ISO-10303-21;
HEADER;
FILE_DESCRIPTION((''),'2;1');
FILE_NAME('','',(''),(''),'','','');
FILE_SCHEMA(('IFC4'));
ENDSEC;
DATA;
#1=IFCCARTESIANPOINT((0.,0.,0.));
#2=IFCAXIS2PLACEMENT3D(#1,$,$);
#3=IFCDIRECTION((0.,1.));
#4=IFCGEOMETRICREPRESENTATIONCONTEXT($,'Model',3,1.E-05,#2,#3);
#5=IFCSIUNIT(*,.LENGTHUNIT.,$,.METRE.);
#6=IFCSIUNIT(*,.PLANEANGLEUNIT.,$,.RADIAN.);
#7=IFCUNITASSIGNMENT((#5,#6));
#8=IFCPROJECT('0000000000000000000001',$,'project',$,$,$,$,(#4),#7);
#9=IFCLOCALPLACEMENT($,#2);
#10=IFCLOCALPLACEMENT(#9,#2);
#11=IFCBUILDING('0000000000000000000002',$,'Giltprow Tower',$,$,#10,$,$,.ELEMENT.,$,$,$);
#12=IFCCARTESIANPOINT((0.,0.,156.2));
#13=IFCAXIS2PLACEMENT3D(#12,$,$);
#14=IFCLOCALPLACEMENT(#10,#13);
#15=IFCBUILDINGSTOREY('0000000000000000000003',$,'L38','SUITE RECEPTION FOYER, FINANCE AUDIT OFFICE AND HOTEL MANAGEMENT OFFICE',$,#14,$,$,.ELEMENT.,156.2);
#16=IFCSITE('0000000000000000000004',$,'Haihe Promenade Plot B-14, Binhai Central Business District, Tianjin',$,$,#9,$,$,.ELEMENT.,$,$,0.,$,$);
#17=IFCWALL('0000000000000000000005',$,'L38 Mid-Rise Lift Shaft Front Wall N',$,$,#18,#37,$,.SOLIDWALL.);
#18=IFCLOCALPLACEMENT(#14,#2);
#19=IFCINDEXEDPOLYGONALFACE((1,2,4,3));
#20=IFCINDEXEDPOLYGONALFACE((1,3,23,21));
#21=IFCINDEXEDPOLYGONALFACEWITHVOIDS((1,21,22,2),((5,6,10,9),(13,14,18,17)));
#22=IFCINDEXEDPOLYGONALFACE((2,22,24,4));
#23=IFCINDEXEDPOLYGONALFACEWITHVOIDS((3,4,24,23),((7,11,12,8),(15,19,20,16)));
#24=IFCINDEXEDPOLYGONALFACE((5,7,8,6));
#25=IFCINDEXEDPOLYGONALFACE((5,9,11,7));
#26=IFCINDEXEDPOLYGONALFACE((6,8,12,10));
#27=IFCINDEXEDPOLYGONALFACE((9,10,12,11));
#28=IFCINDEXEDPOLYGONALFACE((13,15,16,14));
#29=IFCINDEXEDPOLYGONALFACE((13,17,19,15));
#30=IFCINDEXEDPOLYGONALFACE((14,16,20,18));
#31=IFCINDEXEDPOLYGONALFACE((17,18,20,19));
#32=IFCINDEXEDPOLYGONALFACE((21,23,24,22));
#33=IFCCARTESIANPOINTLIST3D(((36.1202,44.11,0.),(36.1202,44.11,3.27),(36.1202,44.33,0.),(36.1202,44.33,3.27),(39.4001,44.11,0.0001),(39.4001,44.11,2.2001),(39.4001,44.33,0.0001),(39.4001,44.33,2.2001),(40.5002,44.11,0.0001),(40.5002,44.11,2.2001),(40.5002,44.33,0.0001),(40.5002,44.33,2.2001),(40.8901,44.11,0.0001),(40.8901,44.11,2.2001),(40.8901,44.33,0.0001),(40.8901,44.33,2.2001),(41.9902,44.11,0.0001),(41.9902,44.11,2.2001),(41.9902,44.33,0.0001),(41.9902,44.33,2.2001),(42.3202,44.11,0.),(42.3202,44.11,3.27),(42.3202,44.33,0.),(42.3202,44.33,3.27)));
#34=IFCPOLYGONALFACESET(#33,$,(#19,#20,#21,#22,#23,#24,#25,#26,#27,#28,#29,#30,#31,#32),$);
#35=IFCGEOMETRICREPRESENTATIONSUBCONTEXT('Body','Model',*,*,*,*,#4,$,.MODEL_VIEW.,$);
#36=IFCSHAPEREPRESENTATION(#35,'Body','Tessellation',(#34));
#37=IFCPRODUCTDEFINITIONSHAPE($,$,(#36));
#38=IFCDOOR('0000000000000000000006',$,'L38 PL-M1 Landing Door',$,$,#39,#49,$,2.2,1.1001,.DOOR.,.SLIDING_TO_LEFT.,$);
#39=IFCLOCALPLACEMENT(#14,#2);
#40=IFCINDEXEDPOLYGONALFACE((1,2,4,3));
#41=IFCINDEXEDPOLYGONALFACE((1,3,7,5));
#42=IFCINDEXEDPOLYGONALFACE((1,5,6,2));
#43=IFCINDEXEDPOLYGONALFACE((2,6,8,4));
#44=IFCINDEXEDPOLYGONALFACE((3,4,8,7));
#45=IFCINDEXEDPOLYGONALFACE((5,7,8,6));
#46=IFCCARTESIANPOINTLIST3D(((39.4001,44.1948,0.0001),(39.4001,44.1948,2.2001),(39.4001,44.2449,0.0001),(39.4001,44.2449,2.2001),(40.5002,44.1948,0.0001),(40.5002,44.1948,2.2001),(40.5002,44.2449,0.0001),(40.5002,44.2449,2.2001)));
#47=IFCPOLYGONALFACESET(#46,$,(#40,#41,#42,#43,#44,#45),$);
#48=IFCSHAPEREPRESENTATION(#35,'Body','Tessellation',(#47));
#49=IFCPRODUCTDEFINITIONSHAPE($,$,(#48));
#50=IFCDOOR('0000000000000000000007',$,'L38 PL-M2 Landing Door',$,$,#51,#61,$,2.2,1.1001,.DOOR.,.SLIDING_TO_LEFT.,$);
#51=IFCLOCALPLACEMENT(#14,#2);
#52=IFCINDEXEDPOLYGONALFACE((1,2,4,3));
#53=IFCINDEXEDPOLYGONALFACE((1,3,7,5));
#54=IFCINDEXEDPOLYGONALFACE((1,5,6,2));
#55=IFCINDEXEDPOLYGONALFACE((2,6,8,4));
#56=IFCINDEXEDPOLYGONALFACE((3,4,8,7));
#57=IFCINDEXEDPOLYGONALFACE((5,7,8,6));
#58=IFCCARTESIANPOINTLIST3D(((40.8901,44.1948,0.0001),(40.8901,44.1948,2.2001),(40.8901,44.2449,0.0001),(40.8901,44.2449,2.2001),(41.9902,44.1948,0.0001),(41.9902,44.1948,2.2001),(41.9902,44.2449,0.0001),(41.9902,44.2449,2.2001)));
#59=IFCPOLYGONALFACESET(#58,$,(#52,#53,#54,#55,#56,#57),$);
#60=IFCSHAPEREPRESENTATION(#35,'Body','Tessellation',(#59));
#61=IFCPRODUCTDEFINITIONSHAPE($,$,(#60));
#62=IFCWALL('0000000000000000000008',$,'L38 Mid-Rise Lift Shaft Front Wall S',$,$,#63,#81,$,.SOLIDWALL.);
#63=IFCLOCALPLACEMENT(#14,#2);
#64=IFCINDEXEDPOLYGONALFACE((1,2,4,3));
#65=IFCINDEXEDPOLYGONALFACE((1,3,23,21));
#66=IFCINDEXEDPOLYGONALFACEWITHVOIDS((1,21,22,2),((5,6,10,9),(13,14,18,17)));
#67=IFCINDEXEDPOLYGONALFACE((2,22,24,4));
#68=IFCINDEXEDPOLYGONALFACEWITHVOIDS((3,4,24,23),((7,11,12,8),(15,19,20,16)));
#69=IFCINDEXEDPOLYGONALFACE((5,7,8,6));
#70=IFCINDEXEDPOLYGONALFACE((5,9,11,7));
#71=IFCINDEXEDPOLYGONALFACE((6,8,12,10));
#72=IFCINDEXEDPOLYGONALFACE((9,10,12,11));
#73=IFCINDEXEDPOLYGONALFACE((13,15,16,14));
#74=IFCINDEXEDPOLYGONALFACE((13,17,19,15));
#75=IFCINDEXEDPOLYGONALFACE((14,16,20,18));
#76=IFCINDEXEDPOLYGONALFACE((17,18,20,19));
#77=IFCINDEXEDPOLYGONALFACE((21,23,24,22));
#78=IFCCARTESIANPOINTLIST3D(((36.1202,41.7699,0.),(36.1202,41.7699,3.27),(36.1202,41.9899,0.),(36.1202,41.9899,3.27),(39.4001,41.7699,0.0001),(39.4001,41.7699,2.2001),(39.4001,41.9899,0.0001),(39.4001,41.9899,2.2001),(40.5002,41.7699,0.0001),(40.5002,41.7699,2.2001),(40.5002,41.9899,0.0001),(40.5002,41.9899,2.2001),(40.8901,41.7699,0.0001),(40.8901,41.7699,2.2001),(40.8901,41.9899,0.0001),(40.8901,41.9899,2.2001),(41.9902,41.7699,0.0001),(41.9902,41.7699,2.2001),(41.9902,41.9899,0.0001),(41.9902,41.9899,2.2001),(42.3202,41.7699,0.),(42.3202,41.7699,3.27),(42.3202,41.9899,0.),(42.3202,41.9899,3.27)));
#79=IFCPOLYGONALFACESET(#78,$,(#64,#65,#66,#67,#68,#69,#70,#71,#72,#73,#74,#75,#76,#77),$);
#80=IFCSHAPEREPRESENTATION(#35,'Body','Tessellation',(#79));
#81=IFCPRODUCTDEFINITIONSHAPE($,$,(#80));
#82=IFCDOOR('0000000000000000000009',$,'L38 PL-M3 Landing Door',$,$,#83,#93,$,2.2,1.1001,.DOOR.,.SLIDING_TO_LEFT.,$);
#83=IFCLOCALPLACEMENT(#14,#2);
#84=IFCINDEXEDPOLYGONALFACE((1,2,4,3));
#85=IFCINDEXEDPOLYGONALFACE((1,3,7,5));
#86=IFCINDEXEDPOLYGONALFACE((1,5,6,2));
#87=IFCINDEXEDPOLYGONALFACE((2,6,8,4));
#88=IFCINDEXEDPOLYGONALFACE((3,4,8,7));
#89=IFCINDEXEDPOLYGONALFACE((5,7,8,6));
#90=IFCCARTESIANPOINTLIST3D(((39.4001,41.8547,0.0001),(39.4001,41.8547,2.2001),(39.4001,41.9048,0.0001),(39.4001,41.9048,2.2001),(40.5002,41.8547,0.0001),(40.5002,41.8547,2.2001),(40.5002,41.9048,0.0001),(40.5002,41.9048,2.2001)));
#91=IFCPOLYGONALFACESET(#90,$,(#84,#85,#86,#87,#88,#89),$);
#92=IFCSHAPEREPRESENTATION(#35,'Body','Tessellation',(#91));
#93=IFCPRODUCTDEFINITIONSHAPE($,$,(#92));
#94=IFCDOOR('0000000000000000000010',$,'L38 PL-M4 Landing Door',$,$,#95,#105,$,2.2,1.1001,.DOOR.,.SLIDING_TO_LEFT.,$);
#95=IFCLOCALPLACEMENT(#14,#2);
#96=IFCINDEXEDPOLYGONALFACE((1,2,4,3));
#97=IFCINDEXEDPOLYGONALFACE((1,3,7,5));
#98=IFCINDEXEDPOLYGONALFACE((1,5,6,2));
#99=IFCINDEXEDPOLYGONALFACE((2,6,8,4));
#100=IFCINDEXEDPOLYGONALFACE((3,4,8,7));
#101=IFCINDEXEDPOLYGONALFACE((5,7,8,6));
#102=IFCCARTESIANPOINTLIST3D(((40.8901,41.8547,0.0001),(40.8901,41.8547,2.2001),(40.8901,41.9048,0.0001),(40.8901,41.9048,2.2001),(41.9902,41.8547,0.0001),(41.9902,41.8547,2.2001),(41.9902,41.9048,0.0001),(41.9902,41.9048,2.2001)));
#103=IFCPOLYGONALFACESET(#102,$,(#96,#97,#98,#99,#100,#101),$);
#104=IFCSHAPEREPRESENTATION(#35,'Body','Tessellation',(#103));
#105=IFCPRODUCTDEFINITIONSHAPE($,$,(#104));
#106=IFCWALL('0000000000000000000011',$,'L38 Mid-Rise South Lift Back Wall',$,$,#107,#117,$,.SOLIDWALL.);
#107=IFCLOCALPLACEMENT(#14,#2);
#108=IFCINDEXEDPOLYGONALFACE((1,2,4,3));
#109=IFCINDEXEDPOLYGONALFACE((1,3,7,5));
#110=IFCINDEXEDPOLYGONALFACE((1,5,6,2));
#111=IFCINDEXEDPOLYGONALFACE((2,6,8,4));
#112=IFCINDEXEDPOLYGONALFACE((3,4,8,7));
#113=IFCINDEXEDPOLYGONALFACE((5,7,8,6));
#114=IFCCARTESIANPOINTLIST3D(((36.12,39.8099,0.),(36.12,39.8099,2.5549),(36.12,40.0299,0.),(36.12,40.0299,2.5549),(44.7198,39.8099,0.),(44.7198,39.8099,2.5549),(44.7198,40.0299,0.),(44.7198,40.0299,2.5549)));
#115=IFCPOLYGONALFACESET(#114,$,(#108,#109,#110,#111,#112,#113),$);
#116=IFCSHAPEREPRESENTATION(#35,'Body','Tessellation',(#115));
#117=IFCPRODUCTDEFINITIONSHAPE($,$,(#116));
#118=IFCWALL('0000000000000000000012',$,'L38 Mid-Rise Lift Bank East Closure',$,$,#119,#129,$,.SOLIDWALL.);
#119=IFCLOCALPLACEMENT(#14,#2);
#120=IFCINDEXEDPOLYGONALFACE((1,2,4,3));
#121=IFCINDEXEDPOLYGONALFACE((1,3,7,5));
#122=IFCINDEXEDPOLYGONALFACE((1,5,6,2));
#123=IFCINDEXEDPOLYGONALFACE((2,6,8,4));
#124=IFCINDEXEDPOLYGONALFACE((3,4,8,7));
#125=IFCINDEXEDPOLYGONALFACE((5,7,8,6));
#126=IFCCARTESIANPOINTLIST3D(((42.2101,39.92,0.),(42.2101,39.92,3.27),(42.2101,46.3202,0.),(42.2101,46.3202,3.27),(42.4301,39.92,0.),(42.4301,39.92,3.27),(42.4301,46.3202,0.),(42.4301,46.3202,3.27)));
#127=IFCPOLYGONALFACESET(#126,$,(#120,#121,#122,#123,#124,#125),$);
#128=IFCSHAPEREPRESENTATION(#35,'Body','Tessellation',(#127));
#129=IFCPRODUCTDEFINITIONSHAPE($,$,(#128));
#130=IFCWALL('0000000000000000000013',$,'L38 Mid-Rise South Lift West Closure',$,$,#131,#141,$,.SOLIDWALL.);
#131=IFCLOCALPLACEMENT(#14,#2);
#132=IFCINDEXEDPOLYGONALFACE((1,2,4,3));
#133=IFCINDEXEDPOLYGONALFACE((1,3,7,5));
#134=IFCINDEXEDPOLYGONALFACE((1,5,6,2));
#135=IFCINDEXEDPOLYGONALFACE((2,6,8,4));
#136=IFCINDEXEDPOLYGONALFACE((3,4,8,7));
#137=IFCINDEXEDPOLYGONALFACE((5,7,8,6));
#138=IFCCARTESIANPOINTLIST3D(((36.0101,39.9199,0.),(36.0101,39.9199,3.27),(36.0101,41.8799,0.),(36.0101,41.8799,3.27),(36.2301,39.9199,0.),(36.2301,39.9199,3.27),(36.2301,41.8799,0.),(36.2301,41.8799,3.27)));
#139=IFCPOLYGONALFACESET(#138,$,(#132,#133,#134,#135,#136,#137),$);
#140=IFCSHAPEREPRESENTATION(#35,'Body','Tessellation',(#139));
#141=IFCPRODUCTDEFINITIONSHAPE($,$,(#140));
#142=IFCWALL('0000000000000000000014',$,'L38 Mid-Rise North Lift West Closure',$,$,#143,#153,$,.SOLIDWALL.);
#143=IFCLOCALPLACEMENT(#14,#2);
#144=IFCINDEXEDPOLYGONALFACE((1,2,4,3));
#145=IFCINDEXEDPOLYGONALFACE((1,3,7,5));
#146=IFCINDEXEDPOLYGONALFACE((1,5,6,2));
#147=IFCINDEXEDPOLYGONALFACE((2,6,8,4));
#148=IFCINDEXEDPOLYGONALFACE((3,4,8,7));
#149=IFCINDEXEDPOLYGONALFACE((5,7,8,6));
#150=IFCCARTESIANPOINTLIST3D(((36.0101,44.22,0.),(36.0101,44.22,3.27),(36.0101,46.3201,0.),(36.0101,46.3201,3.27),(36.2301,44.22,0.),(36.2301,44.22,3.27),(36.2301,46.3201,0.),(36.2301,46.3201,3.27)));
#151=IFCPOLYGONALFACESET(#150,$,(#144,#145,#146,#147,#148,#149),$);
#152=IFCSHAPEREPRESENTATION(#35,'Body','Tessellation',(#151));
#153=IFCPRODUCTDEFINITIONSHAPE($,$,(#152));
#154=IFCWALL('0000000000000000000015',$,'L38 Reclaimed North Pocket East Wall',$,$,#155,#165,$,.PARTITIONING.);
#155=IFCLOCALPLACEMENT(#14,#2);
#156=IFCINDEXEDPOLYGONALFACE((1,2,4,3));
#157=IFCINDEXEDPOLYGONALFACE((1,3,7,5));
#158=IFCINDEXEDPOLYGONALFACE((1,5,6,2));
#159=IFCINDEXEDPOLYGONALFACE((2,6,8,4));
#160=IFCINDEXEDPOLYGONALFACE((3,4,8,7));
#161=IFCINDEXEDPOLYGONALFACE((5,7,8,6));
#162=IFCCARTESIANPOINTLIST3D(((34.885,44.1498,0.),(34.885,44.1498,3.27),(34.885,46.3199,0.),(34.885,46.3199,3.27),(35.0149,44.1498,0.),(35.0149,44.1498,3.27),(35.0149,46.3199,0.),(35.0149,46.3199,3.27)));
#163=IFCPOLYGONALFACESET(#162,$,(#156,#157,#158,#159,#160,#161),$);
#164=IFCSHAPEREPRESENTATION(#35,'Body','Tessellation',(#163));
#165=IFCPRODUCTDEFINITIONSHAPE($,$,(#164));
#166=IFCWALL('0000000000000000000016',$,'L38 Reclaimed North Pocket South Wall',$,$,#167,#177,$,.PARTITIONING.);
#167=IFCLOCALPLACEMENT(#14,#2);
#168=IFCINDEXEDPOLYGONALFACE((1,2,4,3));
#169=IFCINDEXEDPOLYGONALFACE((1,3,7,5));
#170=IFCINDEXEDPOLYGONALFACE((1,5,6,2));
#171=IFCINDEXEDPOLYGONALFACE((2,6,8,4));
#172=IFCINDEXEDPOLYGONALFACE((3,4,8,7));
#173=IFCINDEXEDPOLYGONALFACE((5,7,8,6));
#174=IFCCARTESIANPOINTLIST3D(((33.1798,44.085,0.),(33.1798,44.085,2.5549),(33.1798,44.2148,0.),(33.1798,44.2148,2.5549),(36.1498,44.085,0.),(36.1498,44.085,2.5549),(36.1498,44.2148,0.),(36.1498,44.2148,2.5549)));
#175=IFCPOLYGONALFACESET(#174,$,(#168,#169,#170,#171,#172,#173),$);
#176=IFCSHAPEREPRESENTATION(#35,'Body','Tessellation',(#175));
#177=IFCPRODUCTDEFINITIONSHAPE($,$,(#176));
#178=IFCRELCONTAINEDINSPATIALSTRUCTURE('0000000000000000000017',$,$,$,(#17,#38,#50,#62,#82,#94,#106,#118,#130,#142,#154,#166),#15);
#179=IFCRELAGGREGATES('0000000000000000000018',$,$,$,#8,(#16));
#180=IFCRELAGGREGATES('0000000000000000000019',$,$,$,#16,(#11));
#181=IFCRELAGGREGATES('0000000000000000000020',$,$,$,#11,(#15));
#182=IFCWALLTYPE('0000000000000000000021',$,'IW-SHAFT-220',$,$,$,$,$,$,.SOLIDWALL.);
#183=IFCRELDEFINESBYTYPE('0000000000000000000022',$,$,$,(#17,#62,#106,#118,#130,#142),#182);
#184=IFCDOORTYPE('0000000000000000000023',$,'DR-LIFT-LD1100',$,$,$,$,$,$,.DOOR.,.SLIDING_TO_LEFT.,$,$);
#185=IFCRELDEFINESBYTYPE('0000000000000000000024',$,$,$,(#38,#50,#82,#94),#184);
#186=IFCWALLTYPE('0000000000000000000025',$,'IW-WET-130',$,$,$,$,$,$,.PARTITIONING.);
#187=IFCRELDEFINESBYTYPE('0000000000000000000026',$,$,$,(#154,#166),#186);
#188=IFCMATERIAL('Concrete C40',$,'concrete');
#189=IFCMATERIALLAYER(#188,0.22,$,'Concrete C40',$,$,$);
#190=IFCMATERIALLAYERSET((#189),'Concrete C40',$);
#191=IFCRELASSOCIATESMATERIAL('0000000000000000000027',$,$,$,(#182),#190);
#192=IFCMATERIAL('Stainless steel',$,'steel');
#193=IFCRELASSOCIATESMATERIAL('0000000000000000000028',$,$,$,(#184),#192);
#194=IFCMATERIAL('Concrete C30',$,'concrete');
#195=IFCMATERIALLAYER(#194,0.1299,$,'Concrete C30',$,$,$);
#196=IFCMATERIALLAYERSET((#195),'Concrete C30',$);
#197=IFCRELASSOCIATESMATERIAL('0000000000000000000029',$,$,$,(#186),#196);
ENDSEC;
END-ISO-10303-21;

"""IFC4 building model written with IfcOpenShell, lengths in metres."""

from ifc_helpers import new_model, si_unit, direction, frame, frame_2d, origin, place, context, subcontext, project, spatial, rectangle, extrude, source, transform, mapped, material, layer, layer_set, type_object, element, fill, save


model = new_model("IFC4")

# Units and contexts
model_context = context("Model", 3, precision=1e-05, world=origin(), true_north=direction((0.0, 1.0)))
body_context = subcontext(model_context, "Body", "Model", "MODEL_VIEW")
ifc_project = project(units=[si_unit("LENGTHUNIT", "METRE"), si_unit("PLANEANGLEUNIT", "RADIAN")], contexts=[model_context])

# Site, building, storey
site_placement = place(None, origin())
site = spatial("IfcSite", under=ifc_project, at=site_placement, Name="Haihe Promenade Plot B-14, Binhai Central Business District, Tianjin", CompositionType="ELEMENT", RefElevation=0.0)
building_placement = place(site_placement, origin())
building = spatial("IfcBuilding", under=site, at=building_placement, Name="Giltprow Tower", CompositionType="ELEMENT")
storey_placement = place(building_placement, frame((0.0, 0.0, 156.2)))
storey = spatial("IfcBuildingStorey", under=building, at=storey_placement, Name="L38", Description="SUITE RECEPTION FOYER, FINANCE AUDIT OFFICE AND HOTEL MANAGEMENT OFFICE", CompositionType="ELEMENT", Elevation=156.2)

# Shared definitions
ifc_material_1 = material(Name="Concrete C40", Category="concrete")
ifc_layer_1 = layer(ifc_material_1, 0.22, Name="Concrete C40")
ifc_layer_set_1 = layer_set([ifc_layer_1], Name="Concrete C40")
wall_type_1 = type_object("IfcWallType", Name="IW-SHAFT-220", PredefinedType="SOLIDWALL", material=ifc_layer_set_1)
ifc_material_2 = material(Name="Stainless steel", Category="steel")
door_type = type_object("IfcDoorType", Name="DR-LIFT-LD1100", OperationType="SLIDING_TO_LEFT", PredefinedType="DOOR", material=ifc_material_2)
shared_shape_1 = source(origin(), body_context, "Body", "SweptSolid", [
    extrude(rectangle(XDim=1.1001, YDim=2.2, at=frame_2d((0.55, 1.1001))), frame((0.0, 0.0249, 0.0), z_axis=(0.0, -1.0, 0.0), x_axis=(1.0, 0.0, 0.0)), (0.0, 0.0, 1.0), 0.05),
])

# Walls, openings, doors
wall_1_placement = place(storey_placement, frame((36.1201, 44.22, 0.0), z_axis=(0.0, 0.0, 1.0), x_axis=(1.0, 0.0, 0.0)))
wall_1 = element("IfcWall", 1, at=wall_1_placement, inside=storey, type_object=wall_type_1, Name="L38 Mid-Rise Lift Shaft Front Wall N", PredefinedType="SOLIDWALL", context=body_context, shape_type="SweptSolid", body=[
    extrude(rectangle(XDim=6.2, YDim=0.22, at=frame_2d((3.1001, 0.0))), origin(), (0.0, 0.0, 1.0), 3.27),
])
opening_1_placement = place(wall_1_placement, frame((3.28, 0.0, 0.0)))
opening_1 = element("IfcOpeningElement", 2, at=opening_1_placement, cuts=wall_1, PredefinedType="OPENING", context=body_context, shape_type="SweptSolid", body=[
    extrude(rectangle(XDim=1.1001, YDim=2.2, at=frame_2d((0.55, 1.1001))), frame((0.0, 0.1199, 0.0), z_axis=(0.0, -1.0, 0.0), x_axis=(1.0, 0.0, 0.0)), (0.0, 0.0, 1.0), 0.24),
])
opening_2_placement = place(wall_1_placement, frame((4.77, 0.0, 0.0)))
opening_2 = element("IfcOpeningElement", 3, at=opening_2_placement, cuts=wall_1, PredefinedType="OPENING", context=body_context, shape_type="SweptSolid", body=[
    extrude(rectangle(XDim=1.1001, YDim=2.2, at=frame_2d((0.55, 1.1001))), frame((0.0, 0.1199, 0.0), z_axis=(0.0, -1.0, 0.0), x_axis=(1.0, 0.0, 0.0)), (0.0, 0.0, 1.0), 0.24),
])
door_1_placement = place(opening_1_placement, origin())
door_1 = element("IfcDoor", 4, at=door_1_placement, inside=storey, type_object=door_type, Name="L38 PL-M1 Landing Door", OperationType="SLIDING_TO_LEFT", OverallHeight=2.2, OverallWidth=1.1001, PredefinedType="DOOR", context=body_context, shape_type="MappedRepresentation", body=[
    mapped(shared_shape_1, transform((0.0, 0.0, 0.0), x_axis=(1.0, 0.0, 0.0), y_axis=(0.0, 1.0, 0.0), z_axis=(0.0, 0.0, 1.0), scale=1.0)),
])
fill(opening_1, door_1)
door_2_placement = place(opening_2_placement, origin())
door_2 = element("IfcDoor", 5, at=door_2_placement, inside=storey, type_object=door_type, Name="L38 PL-M2 Landing Door", OperationType="SLIDING_TO_LEFT", OverallHeight=2.2, OverallWidth=1.1001, PredefinedType="DOOR", context=body_context, shape_type="MappedRepresentation", body=[
    mapped(shared_shape_1, transform((0.0, 0.0, 0.0), x_axis=(1.0, 0.0, 0.0), y_axis=(0.0, 1.0, 0.0), z_axis=(0.0, 0.0, 1.0), scale=1.0)),
])
fill(opening_2, door_2)
wall_2_placement = place(storey_placement, frame((36.1201, 41.8799, 0.0), z_axis=(0.0, 0.0, 1.0), x_axis=(1.0, 0.0, 0.0)))
wall_2 = element("IfcWall", 6, at=wall_2_placement, inside=storey, type_object=wall_type_1, Name="L38 Mid-Rise Lift Shaft Front Wall S", PredefinedType="SOLIDWALL", context=body_context, shape_type="SweptSolid", body=[
    extrude(rectangle(XDim=6.2, YDim=0.22, at=frame_2d((3.1001, 0.0))), origin(), (0.0, 0.0, 1.0), 3.27),
])
opening_3_placement = place(wall_2_placement, frame((3.28, 0.0, 0.0)))
opening_3 = element("IfcOpeningElement", 7, at=opening_3_placement, cuts=wall_2, PredefinedType="OPENING", context=body_context, shape_type="SweptSolid", body=[
    extrude(rectangle(XDim=1.1001, YDim=2.2, at=frame_2d((0.55, 1.1001))), frame((0.0, 0.1199, 0.0), z_axis=(0.0, -1.0, 0.0), x_axis=(1.0, 0.0, 0.0)), (0.0, 0.0, 1.0), 0.24),
])
opening_4_placement = place(wall_2_placement, frame((4.77, 0.0, 0.0)))
opening_4 = element("IfcOpeningElement", 8, at=opening_4_placement, cuts=wall_2, PredefinedType="OPENING", context=body_context, shape_type="SweptSolid", body=[
    extrude(rectangle(XDim=1.1001, YDim=2.2, at=frame_2d((0.55, 1.1001))), frame((0.0, 0.1199, 0.0), z_axis=(0.0, -1.0, 0.0), x_axis=(1.0, 0.0, 0.0)), (0.0, 0.0, 1.0), 0.24),
])
door_3_placement = place(opening_3_placement, origin())
door_3 = element("IfcDoor", 9, at=door_3_placement, inside=storey, type_object=door_type, Name="L38 PL-M3 Landing Door", OperationType="SLIDING_TO_LEFT", OverallHeight=2.2, OverallWidth=1.1001, PredefinedType="DOOR", context=body_context, shape_type="MappedRepresentation", body=[
    mapped(shared_shape_1, transform((0.0, 0.0, 0.0), x_axis=(1.0, 0.0, 0.0), y_axis=(0.0, 1.0, 0.0), z_axis=(0.0, 0.0, 1.0), scale=1.0)),
])
fill(opening_3, door_3)
door_4_placement = place(opening_4_placement, origin())
door_4 = element("IfcDoor", 10, at=door_4_placement, inside=storey, type_object=door_type, Name="L38 PL-M4 Landing Door", OperationType="SLIDING_TO_LEFT", OverallHeight=2.2, OverallWidth=1.1001, PredefinedType="DOOR", context=body_context, shape_type="MappedRepresentation", body=[
    mapped(shared_shape_1, transform((0.0, 0.0, 0.0), x_axis=(1.0, 0.0, 0.0), y_axis=(0.0, 1.0, 0.0), z_axis=(0.0, 0.0, 1.0), scale=1.0)),
])
fill(opening_4, door_4)

# Walls
wall_3_placement = place(storey_placement, frame((36.1201, 39.9199, 0.0), z_axis=(0.0, 0.0, 1.0), x_axis=(1.0, 0.0, 0.0)))
element("IfcWall", 11, at=wall_3_placement, inside=storey, type_object=wall_type_1, Name="L38 Mid-Rise South Lift Back Wall", PredefinedType="SOLIDWALL", context=body_context, shape_type="SweptSolid", body=[
    extrude(rectangle(XDim=8.5999, YDim=0.22, at=frame_2d((4.2998, 0.0))), origin(), (0.0, 0.0, 1.0), 2.5549),
])
wall_4_placement = place(storey_placement, frame((42.3201, 39.9199, 0.0), z_axis=(0.0, 0.0, 1.0), x_axis=(0.0, 1.0, 0.0)))
element("IfcWall", 12, at=wall_4_placement, inside=storey, type_object=wall_type_1, Name="L38 Mid-Rise Lift Bank East Closure", PredefinedType="SOLIDWALL", context=body_context, shape_type="SweptSolid", body=[
    extrude(rectangle(XDim=6.4001, YDim=0.22, at=frame_2d((3.2002, 0.0))), origin(), (0.0, 0.0, 1.0), 3.27),
])
wall_5_placement = place(storey_placement, frame((36.1201, 39.9199, 0.0), z_axis=(0.0, 0.0, 1.0), x_axis=(0.0, 1.0, 0.0)))
element("IfcWall", 13, at=wall_5_placement, inside=storey, type_object=wall_type_1, Name="L38 Mid-Rise South Lift West Closure", PredefinedType="SOLIDWALL", context=body_context, shape_type="SweptSolid", body=[
    extrude(rectangle(XDim=1.96, YDim=0.22, at=frame_2d((0.98, 0.0))), origin(), (0.0, 0.0, 1.0), 3.27),
])
wall_6_placement = place(storey_placement, frame((36.1201, 44.22, 0.0), z_axis=(0.0, 0.0, 1.0), x_axis=(0.0, 1.0, 0.0)))
element("IfcWall", 14, at=wall_6_placement, inside=storey, type_object=wall_type_1, Name="L38 Mid-Rise North Lift West Closure", PredefinedType="SOLIDWALL", context=body_context, shape_type="SweptSolid", body=[
    extrude(rectangle(XDim=2.1001, YDim=0.22, at=frame_2d((1.05, 0.0))), origin(), (0.0, 0.0, 1.0), 3.27),
])
ifc_material_3 = material(Name="Concrete C30", Category="concrete")
ifc_layer_2 = layer(ifc_material_3, 0.1299, Name="Concrete C30")
ifc_layer_set_2 = layer_set([ifc_layer_2], Name="Concrete C30")
wall_type_2 = type_object("IfcWallType", Name="IW-WET-130", PredefinedType="PARTITIONING", material=ifc_layer_set_2)
wall_7_placement = place(storey_placement, frame((34.95, 44.1499, 0.0), z_axis=(0.0, 0.0, 1.0), x_axis=(0.0, 1.0, 0.0)))
element("IfcWall", 15, at=wall_7_placement, inside=storey, type_object=wall_type_2, Name="L38 Reclaimed North Pocket East Wall", PredefinedType="PARTITIONING", context=body_context, shape_type="SweptSolid", body=[
    extrude(rectangle(XDim=2.1702, YDim=0.1299, at=frame_2d((1.085, 0.0))), origin(), (0.0, 0.0, 1.0), 3.27),
])
wall_8_placement = place(storey_placement, frame((33.1799, 44.1499, 0.0), z_axis=(0.0, 0.0, 1.0), x_axis=(1.0, 0.0, 0.0)))
element("IfcWall", 16, at=wall_8_placement, inside=storey, type_object=wall_type_2, Name="L38 Reclaimed North Pocket South Wall", PredefinedType="PARTITIONING", context=body_context, shape_type="SweptSolid", body=[
    extrude(rectangle(XDim=2.97, YDim=0.1299, at=frame_2d((1.4849, 0.0))), origin(), (0.0, 0.0, 1.0), 2.5549),
])

save(model, "model.ifc")
